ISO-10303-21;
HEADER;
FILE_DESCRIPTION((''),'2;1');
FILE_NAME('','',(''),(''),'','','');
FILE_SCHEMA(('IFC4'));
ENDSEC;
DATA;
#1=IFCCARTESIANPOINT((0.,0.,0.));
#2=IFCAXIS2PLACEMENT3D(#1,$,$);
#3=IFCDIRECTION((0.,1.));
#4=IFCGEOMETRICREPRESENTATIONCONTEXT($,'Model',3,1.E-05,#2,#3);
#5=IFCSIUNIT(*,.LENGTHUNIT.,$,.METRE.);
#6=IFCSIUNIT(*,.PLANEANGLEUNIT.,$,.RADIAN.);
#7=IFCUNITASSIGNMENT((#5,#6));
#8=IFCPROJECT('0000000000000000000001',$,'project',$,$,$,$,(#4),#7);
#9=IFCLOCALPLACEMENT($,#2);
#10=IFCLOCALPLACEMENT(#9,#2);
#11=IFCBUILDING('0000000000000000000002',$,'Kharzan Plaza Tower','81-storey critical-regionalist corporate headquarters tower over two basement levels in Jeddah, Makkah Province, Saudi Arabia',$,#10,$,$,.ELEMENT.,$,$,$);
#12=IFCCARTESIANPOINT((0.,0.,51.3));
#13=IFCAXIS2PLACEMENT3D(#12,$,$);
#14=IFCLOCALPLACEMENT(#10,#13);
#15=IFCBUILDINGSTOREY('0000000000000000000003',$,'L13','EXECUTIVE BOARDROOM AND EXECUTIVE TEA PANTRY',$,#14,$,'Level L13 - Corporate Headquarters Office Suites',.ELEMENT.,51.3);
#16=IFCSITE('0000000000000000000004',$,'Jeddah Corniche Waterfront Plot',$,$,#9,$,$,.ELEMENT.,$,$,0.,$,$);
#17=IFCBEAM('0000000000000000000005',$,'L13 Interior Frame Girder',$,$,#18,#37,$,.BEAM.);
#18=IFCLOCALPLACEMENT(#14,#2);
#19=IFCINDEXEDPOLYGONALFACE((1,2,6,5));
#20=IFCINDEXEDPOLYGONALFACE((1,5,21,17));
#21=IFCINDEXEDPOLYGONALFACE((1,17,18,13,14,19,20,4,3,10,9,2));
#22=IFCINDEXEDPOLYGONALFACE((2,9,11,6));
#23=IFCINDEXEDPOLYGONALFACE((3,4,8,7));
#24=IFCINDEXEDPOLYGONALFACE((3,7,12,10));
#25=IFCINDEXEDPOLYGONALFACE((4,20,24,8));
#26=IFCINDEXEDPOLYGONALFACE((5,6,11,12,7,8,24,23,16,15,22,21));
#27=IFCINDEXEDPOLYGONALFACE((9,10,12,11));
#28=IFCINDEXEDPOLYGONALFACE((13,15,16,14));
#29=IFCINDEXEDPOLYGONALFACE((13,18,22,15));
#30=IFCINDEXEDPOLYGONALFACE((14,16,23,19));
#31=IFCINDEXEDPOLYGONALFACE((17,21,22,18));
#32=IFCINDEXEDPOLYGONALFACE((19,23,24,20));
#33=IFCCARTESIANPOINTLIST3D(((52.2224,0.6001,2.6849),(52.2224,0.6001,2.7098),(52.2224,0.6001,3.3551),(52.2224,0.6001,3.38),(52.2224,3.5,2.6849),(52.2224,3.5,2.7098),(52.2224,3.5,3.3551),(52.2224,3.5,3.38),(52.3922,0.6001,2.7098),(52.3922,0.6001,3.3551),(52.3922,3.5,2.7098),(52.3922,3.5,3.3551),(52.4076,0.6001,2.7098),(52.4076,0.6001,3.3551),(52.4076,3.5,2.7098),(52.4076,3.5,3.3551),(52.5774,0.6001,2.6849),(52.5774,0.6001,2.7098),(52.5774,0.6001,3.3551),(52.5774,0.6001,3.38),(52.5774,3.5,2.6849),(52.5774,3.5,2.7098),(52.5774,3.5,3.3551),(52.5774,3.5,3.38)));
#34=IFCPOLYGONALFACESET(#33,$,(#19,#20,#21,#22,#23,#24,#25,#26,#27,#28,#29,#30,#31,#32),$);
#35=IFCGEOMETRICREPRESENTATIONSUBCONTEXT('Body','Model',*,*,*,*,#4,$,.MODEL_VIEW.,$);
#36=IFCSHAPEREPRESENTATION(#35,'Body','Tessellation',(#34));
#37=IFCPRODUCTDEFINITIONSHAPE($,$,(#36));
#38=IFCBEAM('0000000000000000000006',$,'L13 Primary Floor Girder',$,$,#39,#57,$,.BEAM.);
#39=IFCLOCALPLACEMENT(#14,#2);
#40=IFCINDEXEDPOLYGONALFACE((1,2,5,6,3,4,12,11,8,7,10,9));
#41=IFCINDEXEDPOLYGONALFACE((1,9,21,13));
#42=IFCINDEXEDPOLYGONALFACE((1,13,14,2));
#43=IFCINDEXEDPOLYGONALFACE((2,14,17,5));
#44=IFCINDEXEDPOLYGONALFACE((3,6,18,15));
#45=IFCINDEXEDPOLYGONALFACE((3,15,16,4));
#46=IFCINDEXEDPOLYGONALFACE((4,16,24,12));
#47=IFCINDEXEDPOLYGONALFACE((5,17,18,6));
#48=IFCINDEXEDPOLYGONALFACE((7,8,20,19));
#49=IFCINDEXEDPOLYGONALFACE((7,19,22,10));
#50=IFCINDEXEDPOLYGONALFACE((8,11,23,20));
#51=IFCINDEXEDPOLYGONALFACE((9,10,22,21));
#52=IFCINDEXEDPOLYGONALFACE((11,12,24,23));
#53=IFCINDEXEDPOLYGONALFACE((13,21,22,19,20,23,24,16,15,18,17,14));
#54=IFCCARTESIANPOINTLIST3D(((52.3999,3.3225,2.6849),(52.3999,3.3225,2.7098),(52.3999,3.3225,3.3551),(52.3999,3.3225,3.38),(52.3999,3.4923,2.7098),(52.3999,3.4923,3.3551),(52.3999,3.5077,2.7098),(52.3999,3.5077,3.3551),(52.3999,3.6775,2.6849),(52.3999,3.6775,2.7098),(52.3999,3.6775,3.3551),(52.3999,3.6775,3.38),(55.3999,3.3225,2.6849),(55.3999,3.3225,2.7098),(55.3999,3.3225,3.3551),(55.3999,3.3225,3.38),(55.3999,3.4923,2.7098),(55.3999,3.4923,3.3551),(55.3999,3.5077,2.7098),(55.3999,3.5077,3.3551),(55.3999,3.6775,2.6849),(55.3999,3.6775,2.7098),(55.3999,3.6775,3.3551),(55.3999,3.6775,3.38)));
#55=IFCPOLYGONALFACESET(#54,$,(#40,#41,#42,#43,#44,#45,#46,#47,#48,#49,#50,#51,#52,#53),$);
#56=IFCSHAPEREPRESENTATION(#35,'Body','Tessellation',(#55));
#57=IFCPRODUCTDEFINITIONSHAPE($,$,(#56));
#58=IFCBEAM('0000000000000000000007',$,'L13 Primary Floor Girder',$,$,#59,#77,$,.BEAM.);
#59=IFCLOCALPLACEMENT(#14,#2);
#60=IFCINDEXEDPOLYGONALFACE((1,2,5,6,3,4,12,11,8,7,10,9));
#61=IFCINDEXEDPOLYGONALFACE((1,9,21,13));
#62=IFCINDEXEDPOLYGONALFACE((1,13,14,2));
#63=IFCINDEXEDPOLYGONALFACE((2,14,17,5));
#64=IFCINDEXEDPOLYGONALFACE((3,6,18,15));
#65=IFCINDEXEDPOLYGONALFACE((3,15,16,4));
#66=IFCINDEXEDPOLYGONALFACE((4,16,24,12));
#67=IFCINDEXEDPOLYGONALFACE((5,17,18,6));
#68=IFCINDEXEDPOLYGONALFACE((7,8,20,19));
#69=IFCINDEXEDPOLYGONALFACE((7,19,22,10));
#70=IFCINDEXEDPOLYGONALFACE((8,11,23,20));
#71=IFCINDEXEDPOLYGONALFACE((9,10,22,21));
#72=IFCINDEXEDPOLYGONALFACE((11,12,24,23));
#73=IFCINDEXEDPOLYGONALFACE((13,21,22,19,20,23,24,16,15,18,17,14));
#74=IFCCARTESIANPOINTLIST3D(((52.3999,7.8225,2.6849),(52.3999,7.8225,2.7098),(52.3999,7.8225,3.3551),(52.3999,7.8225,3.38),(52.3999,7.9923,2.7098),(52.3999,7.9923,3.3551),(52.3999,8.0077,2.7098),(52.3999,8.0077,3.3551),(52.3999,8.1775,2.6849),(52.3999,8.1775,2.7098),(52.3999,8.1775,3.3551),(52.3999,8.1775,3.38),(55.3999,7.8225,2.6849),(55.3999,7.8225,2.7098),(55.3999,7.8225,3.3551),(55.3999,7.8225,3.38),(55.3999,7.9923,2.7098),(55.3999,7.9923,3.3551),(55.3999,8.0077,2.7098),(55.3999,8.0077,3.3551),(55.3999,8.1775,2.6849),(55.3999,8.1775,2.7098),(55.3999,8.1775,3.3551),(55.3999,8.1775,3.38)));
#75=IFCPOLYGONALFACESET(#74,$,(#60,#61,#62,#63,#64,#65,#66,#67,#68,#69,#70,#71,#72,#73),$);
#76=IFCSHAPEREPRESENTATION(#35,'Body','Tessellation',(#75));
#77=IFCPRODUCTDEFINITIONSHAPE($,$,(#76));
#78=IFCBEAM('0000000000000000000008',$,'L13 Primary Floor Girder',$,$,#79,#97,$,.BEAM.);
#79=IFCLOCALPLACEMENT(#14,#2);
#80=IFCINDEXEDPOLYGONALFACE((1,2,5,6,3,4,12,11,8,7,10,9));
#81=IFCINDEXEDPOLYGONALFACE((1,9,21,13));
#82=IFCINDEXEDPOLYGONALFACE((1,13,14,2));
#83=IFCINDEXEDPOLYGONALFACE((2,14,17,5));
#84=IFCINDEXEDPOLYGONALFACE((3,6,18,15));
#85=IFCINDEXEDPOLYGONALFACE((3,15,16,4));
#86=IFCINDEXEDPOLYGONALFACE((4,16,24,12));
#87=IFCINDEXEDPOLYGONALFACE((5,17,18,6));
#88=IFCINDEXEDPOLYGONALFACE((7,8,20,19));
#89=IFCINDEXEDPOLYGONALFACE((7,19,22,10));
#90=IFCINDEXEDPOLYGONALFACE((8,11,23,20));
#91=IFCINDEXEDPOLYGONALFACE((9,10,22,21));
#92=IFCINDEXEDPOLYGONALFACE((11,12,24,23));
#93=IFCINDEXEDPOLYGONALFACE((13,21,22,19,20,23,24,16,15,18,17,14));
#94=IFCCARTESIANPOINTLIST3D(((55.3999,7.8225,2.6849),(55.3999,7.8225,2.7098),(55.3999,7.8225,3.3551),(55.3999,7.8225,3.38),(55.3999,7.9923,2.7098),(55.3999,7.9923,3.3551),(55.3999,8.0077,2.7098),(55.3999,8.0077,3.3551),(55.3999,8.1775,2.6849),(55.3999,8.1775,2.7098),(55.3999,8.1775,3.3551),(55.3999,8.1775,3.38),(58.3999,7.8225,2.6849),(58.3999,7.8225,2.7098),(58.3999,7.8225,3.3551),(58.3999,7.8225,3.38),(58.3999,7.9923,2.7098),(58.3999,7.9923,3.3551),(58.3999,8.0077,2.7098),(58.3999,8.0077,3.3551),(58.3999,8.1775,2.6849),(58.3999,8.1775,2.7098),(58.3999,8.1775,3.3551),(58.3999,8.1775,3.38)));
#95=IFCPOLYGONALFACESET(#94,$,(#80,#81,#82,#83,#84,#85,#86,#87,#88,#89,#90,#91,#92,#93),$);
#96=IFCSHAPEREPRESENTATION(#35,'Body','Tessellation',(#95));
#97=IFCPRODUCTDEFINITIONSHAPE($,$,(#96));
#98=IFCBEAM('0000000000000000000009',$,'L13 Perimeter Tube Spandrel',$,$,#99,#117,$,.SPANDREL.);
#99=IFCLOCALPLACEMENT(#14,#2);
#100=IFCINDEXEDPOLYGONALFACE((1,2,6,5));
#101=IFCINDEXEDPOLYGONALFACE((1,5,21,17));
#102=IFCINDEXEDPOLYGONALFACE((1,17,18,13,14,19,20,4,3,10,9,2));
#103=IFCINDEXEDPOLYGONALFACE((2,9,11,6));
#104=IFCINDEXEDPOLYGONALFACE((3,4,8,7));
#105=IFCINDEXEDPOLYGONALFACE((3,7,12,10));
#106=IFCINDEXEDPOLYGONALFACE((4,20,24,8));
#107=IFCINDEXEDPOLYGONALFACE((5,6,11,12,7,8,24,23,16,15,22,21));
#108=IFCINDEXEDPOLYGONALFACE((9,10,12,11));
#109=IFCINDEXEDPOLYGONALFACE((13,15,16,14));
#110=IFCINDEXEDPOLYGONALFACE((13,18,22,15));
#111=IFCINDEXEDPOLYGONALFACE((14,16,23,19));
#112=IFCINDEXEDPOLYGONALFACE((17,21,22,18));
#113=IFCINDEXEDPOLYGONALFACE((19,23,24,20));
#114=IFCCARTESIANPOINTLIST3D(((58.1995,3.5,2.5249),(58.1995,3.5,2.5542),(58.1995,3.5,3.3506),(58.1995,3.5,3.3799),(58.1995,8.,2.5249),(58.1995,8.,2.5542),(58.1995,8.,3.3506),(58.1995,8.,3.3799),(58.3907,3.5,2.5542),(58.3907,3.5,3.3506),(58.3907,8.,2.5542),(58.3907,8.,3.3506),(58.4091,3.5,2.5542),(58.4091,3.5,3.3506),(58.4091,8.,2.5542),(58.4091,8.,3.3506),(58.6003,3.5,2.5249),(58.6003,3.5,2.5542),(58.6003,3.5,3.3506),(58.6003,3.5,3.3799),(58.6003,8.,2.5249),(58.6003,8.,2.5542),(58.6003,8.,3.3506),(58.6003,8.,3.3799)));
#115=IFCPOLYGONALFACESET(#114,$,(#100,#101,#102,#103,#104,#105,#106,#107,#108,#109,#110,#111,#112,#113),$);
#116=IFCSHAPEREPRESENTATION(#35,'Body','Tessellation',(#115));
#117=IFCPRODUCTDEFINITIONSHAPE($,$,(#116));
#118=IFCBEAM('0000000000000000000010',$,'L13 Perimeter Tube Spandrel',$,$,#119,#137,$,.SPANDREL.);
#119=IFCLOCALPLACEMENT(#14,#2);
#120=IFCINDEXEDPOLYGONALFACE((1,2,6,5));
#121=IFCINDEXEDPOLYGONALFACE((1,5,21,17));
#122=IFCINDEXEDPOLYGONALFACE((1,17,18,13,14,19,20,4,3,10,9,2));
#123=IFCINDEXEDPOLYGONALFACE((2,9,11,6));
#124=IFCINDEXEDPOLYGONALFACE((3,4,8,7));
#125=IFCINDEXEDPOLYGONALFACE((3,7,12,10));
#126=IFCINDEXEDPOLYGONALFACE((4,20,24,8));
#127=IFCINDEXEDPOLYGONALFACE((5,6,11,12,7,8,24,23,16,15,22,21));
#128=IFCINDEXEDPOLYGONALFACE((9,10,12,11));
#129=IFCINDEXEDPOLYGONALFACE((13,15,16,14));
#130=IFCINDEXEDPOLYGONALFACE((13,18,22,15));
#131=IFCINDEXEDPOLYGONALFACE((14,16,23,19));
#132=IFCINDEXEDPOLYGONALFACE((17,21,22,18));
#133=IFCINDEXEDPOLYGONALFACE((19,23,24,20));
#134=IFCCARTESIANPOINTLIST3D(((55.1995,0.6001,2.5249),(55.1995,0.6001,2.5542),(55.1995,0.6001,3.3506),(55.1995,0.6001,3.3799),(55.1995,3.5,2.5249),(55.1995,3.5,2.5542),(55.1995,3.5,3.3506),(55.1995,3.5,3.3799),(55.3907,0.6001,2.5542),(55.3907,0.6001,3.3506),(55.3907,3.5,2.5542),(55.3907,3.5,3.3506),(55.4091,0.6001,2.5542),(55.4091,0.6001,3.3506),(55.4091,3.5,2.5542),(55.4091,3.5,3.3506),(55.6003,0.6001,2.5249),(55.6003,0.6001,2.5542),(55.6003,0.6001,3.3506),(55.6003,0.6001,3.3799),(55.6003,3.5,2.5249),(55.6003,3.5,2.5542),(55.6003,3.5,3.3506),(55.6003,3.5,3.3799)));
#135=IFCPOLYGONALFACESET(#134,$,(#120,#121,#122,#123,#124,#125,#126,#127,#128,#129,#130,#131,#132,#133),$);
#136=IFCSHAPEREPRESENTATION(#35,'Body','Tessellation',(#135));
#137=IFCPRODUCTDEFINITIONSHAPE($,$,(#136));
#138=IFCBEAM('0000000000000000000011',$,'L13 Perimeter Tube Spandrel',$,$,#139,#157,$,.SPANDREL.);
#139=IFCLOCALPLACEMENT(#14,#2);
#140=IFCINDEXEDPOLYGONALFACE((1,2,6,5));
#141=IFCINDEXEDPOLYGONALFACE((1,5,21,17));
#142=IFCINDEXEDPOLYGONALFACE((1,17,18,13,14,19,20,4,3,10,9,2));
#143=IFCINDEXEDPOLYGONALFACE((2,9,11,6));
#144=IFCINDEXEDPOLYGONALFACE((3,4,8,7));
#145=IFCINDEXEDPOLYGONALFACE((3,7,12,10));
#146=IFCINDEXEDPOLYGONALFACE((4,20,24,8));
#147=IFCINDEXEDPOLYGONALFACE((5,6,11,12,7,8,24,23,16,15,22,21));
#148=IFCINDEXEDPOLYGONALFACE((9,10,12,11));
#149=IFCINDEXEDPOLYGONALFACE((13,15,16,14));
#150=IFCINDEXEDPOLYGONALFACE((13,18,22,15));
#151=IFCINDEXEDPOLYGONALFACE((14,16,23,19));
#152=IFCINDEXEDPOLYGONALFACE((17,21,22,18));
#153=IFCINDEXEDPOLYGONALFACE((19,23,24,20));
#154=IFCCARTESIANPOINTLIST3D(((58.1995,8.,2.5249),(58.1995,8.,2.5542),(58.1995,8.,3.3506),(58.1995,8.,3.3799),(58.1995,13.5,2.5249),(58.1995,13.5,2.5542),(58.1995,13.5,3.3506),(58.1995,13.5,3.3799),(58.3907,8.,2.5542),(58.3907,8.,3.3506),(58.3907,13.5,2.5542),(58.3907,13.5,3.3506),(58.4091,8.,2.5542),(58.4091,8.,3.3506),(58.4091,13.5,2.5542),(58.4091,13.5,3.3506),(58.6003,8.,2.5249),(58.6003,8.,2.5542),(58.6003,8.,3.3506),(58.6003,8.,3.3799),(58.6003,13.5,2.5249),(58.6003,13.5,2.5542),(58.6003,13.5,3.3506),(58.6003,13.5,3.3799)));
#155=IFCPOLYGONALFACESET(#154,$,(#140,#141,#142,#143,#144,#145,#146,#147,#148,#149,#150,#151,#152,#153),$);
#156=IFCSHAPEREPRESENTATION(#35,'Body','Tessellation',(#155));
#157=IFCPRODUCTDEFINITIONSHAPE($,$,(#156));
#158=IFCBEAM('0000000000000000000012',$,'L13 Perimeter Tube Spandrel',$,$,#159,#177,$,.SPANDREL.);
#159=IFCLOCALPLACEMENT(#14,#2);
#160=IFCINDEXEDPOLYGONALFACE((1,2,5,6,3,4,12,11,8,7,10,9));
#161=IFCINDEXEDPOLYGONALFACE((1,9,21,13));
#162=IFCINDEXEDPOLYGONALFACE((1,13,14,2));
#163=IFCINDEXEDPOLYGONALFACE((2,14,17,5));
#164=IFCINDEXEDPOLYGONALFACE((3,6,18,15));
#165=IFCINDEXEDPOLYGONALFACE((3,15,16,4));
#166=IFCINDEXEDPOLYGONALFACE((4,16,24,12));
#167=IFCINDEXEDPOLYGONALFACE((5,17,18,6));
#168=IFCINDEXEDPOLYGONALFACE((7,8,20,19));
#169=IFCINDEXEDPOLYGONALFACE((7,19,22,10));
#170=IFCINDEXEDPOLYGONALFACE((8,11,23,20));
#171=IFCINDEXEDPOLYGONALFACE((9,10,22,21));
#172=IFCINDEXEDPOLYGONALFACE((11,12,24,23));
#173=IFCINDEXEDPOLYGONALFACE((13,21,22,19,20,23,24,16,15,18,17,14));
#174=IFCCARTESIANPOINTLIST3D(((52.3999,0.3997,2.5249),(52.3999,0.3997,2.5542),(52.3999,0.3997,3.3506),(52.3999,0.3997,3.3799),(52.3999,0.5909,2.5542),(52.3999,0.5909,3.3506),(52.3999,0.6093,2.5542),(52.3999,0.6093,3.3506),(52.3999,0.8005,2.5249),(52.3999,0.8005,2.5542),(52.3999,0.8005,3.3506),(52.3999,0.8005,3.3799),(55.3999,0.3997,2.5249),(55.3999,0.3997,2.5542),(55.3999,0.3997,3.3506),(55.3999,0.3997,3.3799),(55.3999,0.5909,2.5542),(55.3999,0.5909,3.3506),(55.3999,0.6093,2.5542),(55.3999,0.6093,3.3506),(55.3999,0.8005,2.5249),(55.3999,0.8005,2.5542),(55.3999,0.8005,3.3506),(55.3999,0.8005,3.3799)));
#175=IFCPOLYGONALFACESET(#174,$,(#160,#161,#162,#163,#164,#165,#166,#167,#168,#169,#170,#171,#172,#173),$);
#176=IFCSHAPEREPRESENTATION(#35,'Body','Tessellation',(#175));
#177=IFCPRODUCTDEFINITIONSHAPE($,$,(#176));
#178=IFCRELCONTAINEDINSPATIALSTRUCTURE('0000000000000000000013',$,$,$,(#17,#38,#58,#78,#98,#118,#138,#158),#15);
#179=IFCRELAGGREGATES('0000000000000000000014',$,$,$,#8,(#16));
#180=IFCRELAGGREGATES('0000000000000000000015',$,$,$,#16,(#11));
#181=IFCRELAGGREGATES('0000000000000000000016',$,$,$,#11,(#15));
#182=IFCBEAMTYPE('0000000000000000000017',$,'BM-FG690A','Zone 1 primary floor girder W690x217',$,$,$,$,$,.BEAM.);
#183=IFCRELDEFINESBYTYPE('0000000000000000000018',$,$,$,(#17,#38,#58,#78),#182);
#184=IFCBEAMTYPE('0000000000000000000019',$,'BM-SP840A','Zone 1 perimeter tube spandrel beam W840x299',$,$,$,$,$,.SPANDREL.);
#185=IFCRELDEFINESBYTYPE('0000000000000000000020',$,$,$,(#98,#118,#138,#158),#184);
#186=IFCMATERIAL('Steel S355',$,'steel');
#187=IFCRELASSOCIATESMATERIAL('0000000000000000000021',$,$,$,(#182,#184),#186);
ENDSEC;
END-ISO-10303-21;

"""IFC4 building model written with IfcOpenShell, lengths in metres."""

from ifc_helpers import new_model, si_unit, direction, frame, origin, origin_2d, place, context, subcontext, project, spatial, i_section, extrude, source, transform, mapped, material, material_profile, profile_set, type_object, element, save


model = new_model("IFC4")

# Units and contexts
model_context = context("Model", 3, precision=1e-05, world=origin(), true_north=direction((0.0, 1.0)))
body_context = subcontext(model_context, "Body", "Model", "MODEL_VIEW")
ifc_project = project(units=[si_unit("LENGTHUNIT", "METRE"), si_unit("PLANEANGLEUNIT", "RADIAN")], contexts=[model_context])

# Site, building, storey
site_placement = place(None, origin())
site = spatial("IfcSite", under=ifc_project, at=site_placement, Name="Jeddah Corniche Waterfront Plot", CompositionType="ELEMENT", RefElevation=0.0)
building_placement = place(site_placement, origin())
building = spatial("IfcBuilding", under=site, at=building_placement, Name="Kharzan Plaza Tower", Description="81-storey critical-regionalist corporate headquarters tower over two basement levels in Jeddah, Makkah Province, Saudi Arabia", CompositionType="ELEMENT")
storey_placement = place(building_placement, frame((0.0, 0.0, 51.3)))
storey = spatial("IfcBuildingStorey", under=building, at=storey_placement, Name="L13", Description="EXECUTIVE BOARDROOM AND EXECUTIVE TEA PANTRY", LongName="Level L13 - Corporate Headquarters Office Suites", CompositionType="ELEMENT", Elevation=51.3)

# Beams
ifc_material_1 = material(Name="Steel S355", Category="steel")
ifc_material_profile_1 = material_profile(ifc_material_1, i_section(OverallWidth=0.355, OverallDepth=0.6951, WebThickness=0.0154, FlangeThickness=0.0249, at=origin_2d()), Name="W690x217")
ifc_profile_set_1 = profile_set([ifc_material_profile_1], Name="Steel S355")
beam_type_1 = type_object("IfcBeamType", Name="BM-FG690A", Description="Zone 1 primary floor girder W690x217", PredefinedType="BEAM", material=ifc_profile_set_1)
shared_shape_1 = source(origin(), body_context, "Body", "SweptSolid", [
    extrude(i_section(OverallWidth=0.355, OverallDepth=0.6951, WebThickness=0.0154, FlangeThickness=0.0249, at=origin_2d()), origin(), (0.0, 0.0, 1.0), 2.8999),
])
beam_1_placement = place(storey_placement, frame((52.3999, 0.6001, 3.0325), z_axis=(0.0, 1.0, 0.0), x_axis=(-1.0, 0.0, 0.0)))
element("IfcBeam", 1, at=beam_1_placement, inside=storey, type_object=beam_type_1, Name="L13 Interior Frame Girder", PredefinedType="BEAM", context=body_context, shape_type="MappedRepresentation", body=[
    mapped(shared_shape_1, transform((0.0, 0.0, 0.0), x_axis=(1.0, 0.0, 0.0), y_axis=(0.0, 1.0, 0.0), z_axis=(0.0, 0.0, 1.0))),
])
shared_shape_2 = source(origin(), body_context, "Body", "SweptSolid", [
    extrude(i_section(OverallWidth=0.355, OverallDepth=0.6951, WebThickness=0.0154, FlangeThickness=0.0249, at=origin_2d()), origin(), (0.0, 0.0, 1.0), 3.0),
])
for number, where, z_axis, x_axis, name in (
    (2, (52.3999, 3.5, 3.0325), (1.0, 0.0, 0.0), (0.0, 1.0, 0.0), "L13 Primary Floor Girder"),
    (3, (52.3999, 8.0, 3.0325), (1.0, 0.0, 0.0), (0.0, 1.0, 0.0), "L13 Primary Floor Girder"),
    (4, (55.3999, 8.0, 3.0325), (1.0, 0.0, 0.0), (0.0, 1.0, 0.0), "L13 Primary Floor Girder"),
):
    element("IfcBeam", number, at=place(storey_placement, frame(where, z_axis=z_axis, x_axis=x_axis)), inside=storey, type_object=beam_type_1, Name=name, PredefinedType="BEAM", context=body_context, shape_type="MappedRepresentation", body=[
        mapped(shared_shape_2, transform((0.0, 0.0, 0.0), x_axis=(1.0, 0.0, 0.0), y_axis=(0.0, 1.0, 0.0), z_axis=(0.0, 0.0, 1.0))),
    ])
ifc_material_profile_2 = material_profile(ifc_material_1, i_section(OverallWidth=0.4009, OverallDepth=0.855, WebThickness=0.0183, FlangeThickness=0.0293, at=origin_2d()), Name="W840x299")
ifc_profile_set_2 = profile_set([ifc_material_profile_2], Name="Steel S355")
beam_type_2 = type_object("IfcBeamType", Name="BM-SP840A", Description="Zone 1 perimeter tube spandrel beam W840x299", PredefinedType="SPANDREL", material=ifc_profile_set_2)
shared_shape_3 = source(origin(), body_context, "Body", "SweptSolid", [
    extrude(i_section(OverallWidth=0.4009, OverallDepth=0.855, WebThickness=0.0183, FlangeThickness=0.0293, at=origin_2d()), origin(), (0.0, 0.0, 1.0), 4.5),
])
beam_2_placement = place(storey_placement, frame((58.3999, 3.5, 2.9524), z_axis=(0.0, 1.0, 0.0), x_axis=(-1.0, 0.0, 0.0)))
element("IfcBeam", 5, at=beam_2_placement, inside=storey, type_object=beam_type_2, Name="L13 Perimeter Tube Spandrel", PredefinedType="SPANDREL", context=body_context, shape_type="MappedRepresentation", body=[
    mapped(shared_shape_3, transform((0.0, 0.0, 0.0), x_axis=(1.0, 0.0, 0.0), y_axis=(0.0, 1.0, 0.0), z_axis=(0.0, 0.0, 1.0))),
])
shared_shape_4 = source(origin(), body_context, "Body", "SweptSolid", [
    extrude(i_section(OverallWidth=0.4009, OverallDepth=0.855, WebThickness=0.0183, FlangeThickness=0.0293, at=origin_2d()), origin(), (0.0, 0.0, 1.0), 2.8999),
])
beam_3_placement = place(storey_placement, frame((55.3999, 0.6001, 2.9524), z_axis=(0.0, 1.0, 0.0), x_axis=(-1.0, 0.0, 0.0)))
element("IfcBeam", 6, at=beam_3_placement, inside=storey, type_object=beam_type_2, Name="L13 Perimeter Tube Spandrel", PredefinedType="SPANDREL", context=body_context, shape_type="MappedRepresentation", body=[
    mapped(shared_shape_4, transform((0.0, 0.0, 0.0), x_axis=(1.0, 0.0, 0.0), y_axis=(0.0, 1.0, 0.0), z_axis=(0.0, 0.0, 1.0))),
])
shared_shape_5 = source(origin(), body_context, "Body", "SweptSolid", [
    extrude(i_section(OverallWidth=0.4009, OverallDepth=0.855, WebThickness=0.0183, FlangeThickness=0.0293, at=origin_2d()), origin(), (0.0, 0.0, 1.0), 5.5),
])
beam_4_placement = place(storey_placement, frame((58.3999, 8.0, 2.9524), z_axis=(0.0, 1.0, 0.0), x_axis=(-1.0, 0.0, 0.0)))
element("IfcBeam", 7, at=beam_4_placement, inside=storey, type_object=beam_type_2, Name="L13 Perimeter Tube Spandrel", PredefinedType="SPANDREL", context=body_context, shape_type="MappedRepresentation", body=[
    mapped(shared_shape_5, transform((0.0, 0.0, 0.0), x_axis=(1.0, 0.0, 0.0), y_axis=(0.0, 1.0, 0.0), z_axis=(0.0, 0.0, 1.0))),
])
shared_shape_6 = source(origin(), body_context, "Body", "SweptSolid", [
    extrude(i_section(OverallWidth=0.4009, OverallDepth=0.855, WebThickness=0.0183, FlangeThickness=0.0293, at=origin_2d()), origin(), (0.0, 0.0, 1.0), 3.0),
])
for number, where, z_axis, x_axis, name in (
    (8, (52.3999, 0.6001, 2.9524), (1.0, 0.0, 0.0), (0.0, 1.0, 0.0), "L13 Perimeter Tube Spandrel"),
):
    element("IfcBeam", number, at=place(storey_placement, frame(where, z_axis=z_axis, x_axis=x_axis)), inside=storey, type_object=beam_type_2, Name=name, PredefinedType="SPANDREL", context=body_context, shape_type="MappedRepresentation", body=[
        mapped(shared_shape_6, transform((0.0, 0.0, 0.0), x_axis=(1.0, 0.0, 0.0), y_axis=(0.0, 1.0, 0.0), z_axis=(0.0, 0.0, 1.0))),
    ])

save(model, "model.ifc")
